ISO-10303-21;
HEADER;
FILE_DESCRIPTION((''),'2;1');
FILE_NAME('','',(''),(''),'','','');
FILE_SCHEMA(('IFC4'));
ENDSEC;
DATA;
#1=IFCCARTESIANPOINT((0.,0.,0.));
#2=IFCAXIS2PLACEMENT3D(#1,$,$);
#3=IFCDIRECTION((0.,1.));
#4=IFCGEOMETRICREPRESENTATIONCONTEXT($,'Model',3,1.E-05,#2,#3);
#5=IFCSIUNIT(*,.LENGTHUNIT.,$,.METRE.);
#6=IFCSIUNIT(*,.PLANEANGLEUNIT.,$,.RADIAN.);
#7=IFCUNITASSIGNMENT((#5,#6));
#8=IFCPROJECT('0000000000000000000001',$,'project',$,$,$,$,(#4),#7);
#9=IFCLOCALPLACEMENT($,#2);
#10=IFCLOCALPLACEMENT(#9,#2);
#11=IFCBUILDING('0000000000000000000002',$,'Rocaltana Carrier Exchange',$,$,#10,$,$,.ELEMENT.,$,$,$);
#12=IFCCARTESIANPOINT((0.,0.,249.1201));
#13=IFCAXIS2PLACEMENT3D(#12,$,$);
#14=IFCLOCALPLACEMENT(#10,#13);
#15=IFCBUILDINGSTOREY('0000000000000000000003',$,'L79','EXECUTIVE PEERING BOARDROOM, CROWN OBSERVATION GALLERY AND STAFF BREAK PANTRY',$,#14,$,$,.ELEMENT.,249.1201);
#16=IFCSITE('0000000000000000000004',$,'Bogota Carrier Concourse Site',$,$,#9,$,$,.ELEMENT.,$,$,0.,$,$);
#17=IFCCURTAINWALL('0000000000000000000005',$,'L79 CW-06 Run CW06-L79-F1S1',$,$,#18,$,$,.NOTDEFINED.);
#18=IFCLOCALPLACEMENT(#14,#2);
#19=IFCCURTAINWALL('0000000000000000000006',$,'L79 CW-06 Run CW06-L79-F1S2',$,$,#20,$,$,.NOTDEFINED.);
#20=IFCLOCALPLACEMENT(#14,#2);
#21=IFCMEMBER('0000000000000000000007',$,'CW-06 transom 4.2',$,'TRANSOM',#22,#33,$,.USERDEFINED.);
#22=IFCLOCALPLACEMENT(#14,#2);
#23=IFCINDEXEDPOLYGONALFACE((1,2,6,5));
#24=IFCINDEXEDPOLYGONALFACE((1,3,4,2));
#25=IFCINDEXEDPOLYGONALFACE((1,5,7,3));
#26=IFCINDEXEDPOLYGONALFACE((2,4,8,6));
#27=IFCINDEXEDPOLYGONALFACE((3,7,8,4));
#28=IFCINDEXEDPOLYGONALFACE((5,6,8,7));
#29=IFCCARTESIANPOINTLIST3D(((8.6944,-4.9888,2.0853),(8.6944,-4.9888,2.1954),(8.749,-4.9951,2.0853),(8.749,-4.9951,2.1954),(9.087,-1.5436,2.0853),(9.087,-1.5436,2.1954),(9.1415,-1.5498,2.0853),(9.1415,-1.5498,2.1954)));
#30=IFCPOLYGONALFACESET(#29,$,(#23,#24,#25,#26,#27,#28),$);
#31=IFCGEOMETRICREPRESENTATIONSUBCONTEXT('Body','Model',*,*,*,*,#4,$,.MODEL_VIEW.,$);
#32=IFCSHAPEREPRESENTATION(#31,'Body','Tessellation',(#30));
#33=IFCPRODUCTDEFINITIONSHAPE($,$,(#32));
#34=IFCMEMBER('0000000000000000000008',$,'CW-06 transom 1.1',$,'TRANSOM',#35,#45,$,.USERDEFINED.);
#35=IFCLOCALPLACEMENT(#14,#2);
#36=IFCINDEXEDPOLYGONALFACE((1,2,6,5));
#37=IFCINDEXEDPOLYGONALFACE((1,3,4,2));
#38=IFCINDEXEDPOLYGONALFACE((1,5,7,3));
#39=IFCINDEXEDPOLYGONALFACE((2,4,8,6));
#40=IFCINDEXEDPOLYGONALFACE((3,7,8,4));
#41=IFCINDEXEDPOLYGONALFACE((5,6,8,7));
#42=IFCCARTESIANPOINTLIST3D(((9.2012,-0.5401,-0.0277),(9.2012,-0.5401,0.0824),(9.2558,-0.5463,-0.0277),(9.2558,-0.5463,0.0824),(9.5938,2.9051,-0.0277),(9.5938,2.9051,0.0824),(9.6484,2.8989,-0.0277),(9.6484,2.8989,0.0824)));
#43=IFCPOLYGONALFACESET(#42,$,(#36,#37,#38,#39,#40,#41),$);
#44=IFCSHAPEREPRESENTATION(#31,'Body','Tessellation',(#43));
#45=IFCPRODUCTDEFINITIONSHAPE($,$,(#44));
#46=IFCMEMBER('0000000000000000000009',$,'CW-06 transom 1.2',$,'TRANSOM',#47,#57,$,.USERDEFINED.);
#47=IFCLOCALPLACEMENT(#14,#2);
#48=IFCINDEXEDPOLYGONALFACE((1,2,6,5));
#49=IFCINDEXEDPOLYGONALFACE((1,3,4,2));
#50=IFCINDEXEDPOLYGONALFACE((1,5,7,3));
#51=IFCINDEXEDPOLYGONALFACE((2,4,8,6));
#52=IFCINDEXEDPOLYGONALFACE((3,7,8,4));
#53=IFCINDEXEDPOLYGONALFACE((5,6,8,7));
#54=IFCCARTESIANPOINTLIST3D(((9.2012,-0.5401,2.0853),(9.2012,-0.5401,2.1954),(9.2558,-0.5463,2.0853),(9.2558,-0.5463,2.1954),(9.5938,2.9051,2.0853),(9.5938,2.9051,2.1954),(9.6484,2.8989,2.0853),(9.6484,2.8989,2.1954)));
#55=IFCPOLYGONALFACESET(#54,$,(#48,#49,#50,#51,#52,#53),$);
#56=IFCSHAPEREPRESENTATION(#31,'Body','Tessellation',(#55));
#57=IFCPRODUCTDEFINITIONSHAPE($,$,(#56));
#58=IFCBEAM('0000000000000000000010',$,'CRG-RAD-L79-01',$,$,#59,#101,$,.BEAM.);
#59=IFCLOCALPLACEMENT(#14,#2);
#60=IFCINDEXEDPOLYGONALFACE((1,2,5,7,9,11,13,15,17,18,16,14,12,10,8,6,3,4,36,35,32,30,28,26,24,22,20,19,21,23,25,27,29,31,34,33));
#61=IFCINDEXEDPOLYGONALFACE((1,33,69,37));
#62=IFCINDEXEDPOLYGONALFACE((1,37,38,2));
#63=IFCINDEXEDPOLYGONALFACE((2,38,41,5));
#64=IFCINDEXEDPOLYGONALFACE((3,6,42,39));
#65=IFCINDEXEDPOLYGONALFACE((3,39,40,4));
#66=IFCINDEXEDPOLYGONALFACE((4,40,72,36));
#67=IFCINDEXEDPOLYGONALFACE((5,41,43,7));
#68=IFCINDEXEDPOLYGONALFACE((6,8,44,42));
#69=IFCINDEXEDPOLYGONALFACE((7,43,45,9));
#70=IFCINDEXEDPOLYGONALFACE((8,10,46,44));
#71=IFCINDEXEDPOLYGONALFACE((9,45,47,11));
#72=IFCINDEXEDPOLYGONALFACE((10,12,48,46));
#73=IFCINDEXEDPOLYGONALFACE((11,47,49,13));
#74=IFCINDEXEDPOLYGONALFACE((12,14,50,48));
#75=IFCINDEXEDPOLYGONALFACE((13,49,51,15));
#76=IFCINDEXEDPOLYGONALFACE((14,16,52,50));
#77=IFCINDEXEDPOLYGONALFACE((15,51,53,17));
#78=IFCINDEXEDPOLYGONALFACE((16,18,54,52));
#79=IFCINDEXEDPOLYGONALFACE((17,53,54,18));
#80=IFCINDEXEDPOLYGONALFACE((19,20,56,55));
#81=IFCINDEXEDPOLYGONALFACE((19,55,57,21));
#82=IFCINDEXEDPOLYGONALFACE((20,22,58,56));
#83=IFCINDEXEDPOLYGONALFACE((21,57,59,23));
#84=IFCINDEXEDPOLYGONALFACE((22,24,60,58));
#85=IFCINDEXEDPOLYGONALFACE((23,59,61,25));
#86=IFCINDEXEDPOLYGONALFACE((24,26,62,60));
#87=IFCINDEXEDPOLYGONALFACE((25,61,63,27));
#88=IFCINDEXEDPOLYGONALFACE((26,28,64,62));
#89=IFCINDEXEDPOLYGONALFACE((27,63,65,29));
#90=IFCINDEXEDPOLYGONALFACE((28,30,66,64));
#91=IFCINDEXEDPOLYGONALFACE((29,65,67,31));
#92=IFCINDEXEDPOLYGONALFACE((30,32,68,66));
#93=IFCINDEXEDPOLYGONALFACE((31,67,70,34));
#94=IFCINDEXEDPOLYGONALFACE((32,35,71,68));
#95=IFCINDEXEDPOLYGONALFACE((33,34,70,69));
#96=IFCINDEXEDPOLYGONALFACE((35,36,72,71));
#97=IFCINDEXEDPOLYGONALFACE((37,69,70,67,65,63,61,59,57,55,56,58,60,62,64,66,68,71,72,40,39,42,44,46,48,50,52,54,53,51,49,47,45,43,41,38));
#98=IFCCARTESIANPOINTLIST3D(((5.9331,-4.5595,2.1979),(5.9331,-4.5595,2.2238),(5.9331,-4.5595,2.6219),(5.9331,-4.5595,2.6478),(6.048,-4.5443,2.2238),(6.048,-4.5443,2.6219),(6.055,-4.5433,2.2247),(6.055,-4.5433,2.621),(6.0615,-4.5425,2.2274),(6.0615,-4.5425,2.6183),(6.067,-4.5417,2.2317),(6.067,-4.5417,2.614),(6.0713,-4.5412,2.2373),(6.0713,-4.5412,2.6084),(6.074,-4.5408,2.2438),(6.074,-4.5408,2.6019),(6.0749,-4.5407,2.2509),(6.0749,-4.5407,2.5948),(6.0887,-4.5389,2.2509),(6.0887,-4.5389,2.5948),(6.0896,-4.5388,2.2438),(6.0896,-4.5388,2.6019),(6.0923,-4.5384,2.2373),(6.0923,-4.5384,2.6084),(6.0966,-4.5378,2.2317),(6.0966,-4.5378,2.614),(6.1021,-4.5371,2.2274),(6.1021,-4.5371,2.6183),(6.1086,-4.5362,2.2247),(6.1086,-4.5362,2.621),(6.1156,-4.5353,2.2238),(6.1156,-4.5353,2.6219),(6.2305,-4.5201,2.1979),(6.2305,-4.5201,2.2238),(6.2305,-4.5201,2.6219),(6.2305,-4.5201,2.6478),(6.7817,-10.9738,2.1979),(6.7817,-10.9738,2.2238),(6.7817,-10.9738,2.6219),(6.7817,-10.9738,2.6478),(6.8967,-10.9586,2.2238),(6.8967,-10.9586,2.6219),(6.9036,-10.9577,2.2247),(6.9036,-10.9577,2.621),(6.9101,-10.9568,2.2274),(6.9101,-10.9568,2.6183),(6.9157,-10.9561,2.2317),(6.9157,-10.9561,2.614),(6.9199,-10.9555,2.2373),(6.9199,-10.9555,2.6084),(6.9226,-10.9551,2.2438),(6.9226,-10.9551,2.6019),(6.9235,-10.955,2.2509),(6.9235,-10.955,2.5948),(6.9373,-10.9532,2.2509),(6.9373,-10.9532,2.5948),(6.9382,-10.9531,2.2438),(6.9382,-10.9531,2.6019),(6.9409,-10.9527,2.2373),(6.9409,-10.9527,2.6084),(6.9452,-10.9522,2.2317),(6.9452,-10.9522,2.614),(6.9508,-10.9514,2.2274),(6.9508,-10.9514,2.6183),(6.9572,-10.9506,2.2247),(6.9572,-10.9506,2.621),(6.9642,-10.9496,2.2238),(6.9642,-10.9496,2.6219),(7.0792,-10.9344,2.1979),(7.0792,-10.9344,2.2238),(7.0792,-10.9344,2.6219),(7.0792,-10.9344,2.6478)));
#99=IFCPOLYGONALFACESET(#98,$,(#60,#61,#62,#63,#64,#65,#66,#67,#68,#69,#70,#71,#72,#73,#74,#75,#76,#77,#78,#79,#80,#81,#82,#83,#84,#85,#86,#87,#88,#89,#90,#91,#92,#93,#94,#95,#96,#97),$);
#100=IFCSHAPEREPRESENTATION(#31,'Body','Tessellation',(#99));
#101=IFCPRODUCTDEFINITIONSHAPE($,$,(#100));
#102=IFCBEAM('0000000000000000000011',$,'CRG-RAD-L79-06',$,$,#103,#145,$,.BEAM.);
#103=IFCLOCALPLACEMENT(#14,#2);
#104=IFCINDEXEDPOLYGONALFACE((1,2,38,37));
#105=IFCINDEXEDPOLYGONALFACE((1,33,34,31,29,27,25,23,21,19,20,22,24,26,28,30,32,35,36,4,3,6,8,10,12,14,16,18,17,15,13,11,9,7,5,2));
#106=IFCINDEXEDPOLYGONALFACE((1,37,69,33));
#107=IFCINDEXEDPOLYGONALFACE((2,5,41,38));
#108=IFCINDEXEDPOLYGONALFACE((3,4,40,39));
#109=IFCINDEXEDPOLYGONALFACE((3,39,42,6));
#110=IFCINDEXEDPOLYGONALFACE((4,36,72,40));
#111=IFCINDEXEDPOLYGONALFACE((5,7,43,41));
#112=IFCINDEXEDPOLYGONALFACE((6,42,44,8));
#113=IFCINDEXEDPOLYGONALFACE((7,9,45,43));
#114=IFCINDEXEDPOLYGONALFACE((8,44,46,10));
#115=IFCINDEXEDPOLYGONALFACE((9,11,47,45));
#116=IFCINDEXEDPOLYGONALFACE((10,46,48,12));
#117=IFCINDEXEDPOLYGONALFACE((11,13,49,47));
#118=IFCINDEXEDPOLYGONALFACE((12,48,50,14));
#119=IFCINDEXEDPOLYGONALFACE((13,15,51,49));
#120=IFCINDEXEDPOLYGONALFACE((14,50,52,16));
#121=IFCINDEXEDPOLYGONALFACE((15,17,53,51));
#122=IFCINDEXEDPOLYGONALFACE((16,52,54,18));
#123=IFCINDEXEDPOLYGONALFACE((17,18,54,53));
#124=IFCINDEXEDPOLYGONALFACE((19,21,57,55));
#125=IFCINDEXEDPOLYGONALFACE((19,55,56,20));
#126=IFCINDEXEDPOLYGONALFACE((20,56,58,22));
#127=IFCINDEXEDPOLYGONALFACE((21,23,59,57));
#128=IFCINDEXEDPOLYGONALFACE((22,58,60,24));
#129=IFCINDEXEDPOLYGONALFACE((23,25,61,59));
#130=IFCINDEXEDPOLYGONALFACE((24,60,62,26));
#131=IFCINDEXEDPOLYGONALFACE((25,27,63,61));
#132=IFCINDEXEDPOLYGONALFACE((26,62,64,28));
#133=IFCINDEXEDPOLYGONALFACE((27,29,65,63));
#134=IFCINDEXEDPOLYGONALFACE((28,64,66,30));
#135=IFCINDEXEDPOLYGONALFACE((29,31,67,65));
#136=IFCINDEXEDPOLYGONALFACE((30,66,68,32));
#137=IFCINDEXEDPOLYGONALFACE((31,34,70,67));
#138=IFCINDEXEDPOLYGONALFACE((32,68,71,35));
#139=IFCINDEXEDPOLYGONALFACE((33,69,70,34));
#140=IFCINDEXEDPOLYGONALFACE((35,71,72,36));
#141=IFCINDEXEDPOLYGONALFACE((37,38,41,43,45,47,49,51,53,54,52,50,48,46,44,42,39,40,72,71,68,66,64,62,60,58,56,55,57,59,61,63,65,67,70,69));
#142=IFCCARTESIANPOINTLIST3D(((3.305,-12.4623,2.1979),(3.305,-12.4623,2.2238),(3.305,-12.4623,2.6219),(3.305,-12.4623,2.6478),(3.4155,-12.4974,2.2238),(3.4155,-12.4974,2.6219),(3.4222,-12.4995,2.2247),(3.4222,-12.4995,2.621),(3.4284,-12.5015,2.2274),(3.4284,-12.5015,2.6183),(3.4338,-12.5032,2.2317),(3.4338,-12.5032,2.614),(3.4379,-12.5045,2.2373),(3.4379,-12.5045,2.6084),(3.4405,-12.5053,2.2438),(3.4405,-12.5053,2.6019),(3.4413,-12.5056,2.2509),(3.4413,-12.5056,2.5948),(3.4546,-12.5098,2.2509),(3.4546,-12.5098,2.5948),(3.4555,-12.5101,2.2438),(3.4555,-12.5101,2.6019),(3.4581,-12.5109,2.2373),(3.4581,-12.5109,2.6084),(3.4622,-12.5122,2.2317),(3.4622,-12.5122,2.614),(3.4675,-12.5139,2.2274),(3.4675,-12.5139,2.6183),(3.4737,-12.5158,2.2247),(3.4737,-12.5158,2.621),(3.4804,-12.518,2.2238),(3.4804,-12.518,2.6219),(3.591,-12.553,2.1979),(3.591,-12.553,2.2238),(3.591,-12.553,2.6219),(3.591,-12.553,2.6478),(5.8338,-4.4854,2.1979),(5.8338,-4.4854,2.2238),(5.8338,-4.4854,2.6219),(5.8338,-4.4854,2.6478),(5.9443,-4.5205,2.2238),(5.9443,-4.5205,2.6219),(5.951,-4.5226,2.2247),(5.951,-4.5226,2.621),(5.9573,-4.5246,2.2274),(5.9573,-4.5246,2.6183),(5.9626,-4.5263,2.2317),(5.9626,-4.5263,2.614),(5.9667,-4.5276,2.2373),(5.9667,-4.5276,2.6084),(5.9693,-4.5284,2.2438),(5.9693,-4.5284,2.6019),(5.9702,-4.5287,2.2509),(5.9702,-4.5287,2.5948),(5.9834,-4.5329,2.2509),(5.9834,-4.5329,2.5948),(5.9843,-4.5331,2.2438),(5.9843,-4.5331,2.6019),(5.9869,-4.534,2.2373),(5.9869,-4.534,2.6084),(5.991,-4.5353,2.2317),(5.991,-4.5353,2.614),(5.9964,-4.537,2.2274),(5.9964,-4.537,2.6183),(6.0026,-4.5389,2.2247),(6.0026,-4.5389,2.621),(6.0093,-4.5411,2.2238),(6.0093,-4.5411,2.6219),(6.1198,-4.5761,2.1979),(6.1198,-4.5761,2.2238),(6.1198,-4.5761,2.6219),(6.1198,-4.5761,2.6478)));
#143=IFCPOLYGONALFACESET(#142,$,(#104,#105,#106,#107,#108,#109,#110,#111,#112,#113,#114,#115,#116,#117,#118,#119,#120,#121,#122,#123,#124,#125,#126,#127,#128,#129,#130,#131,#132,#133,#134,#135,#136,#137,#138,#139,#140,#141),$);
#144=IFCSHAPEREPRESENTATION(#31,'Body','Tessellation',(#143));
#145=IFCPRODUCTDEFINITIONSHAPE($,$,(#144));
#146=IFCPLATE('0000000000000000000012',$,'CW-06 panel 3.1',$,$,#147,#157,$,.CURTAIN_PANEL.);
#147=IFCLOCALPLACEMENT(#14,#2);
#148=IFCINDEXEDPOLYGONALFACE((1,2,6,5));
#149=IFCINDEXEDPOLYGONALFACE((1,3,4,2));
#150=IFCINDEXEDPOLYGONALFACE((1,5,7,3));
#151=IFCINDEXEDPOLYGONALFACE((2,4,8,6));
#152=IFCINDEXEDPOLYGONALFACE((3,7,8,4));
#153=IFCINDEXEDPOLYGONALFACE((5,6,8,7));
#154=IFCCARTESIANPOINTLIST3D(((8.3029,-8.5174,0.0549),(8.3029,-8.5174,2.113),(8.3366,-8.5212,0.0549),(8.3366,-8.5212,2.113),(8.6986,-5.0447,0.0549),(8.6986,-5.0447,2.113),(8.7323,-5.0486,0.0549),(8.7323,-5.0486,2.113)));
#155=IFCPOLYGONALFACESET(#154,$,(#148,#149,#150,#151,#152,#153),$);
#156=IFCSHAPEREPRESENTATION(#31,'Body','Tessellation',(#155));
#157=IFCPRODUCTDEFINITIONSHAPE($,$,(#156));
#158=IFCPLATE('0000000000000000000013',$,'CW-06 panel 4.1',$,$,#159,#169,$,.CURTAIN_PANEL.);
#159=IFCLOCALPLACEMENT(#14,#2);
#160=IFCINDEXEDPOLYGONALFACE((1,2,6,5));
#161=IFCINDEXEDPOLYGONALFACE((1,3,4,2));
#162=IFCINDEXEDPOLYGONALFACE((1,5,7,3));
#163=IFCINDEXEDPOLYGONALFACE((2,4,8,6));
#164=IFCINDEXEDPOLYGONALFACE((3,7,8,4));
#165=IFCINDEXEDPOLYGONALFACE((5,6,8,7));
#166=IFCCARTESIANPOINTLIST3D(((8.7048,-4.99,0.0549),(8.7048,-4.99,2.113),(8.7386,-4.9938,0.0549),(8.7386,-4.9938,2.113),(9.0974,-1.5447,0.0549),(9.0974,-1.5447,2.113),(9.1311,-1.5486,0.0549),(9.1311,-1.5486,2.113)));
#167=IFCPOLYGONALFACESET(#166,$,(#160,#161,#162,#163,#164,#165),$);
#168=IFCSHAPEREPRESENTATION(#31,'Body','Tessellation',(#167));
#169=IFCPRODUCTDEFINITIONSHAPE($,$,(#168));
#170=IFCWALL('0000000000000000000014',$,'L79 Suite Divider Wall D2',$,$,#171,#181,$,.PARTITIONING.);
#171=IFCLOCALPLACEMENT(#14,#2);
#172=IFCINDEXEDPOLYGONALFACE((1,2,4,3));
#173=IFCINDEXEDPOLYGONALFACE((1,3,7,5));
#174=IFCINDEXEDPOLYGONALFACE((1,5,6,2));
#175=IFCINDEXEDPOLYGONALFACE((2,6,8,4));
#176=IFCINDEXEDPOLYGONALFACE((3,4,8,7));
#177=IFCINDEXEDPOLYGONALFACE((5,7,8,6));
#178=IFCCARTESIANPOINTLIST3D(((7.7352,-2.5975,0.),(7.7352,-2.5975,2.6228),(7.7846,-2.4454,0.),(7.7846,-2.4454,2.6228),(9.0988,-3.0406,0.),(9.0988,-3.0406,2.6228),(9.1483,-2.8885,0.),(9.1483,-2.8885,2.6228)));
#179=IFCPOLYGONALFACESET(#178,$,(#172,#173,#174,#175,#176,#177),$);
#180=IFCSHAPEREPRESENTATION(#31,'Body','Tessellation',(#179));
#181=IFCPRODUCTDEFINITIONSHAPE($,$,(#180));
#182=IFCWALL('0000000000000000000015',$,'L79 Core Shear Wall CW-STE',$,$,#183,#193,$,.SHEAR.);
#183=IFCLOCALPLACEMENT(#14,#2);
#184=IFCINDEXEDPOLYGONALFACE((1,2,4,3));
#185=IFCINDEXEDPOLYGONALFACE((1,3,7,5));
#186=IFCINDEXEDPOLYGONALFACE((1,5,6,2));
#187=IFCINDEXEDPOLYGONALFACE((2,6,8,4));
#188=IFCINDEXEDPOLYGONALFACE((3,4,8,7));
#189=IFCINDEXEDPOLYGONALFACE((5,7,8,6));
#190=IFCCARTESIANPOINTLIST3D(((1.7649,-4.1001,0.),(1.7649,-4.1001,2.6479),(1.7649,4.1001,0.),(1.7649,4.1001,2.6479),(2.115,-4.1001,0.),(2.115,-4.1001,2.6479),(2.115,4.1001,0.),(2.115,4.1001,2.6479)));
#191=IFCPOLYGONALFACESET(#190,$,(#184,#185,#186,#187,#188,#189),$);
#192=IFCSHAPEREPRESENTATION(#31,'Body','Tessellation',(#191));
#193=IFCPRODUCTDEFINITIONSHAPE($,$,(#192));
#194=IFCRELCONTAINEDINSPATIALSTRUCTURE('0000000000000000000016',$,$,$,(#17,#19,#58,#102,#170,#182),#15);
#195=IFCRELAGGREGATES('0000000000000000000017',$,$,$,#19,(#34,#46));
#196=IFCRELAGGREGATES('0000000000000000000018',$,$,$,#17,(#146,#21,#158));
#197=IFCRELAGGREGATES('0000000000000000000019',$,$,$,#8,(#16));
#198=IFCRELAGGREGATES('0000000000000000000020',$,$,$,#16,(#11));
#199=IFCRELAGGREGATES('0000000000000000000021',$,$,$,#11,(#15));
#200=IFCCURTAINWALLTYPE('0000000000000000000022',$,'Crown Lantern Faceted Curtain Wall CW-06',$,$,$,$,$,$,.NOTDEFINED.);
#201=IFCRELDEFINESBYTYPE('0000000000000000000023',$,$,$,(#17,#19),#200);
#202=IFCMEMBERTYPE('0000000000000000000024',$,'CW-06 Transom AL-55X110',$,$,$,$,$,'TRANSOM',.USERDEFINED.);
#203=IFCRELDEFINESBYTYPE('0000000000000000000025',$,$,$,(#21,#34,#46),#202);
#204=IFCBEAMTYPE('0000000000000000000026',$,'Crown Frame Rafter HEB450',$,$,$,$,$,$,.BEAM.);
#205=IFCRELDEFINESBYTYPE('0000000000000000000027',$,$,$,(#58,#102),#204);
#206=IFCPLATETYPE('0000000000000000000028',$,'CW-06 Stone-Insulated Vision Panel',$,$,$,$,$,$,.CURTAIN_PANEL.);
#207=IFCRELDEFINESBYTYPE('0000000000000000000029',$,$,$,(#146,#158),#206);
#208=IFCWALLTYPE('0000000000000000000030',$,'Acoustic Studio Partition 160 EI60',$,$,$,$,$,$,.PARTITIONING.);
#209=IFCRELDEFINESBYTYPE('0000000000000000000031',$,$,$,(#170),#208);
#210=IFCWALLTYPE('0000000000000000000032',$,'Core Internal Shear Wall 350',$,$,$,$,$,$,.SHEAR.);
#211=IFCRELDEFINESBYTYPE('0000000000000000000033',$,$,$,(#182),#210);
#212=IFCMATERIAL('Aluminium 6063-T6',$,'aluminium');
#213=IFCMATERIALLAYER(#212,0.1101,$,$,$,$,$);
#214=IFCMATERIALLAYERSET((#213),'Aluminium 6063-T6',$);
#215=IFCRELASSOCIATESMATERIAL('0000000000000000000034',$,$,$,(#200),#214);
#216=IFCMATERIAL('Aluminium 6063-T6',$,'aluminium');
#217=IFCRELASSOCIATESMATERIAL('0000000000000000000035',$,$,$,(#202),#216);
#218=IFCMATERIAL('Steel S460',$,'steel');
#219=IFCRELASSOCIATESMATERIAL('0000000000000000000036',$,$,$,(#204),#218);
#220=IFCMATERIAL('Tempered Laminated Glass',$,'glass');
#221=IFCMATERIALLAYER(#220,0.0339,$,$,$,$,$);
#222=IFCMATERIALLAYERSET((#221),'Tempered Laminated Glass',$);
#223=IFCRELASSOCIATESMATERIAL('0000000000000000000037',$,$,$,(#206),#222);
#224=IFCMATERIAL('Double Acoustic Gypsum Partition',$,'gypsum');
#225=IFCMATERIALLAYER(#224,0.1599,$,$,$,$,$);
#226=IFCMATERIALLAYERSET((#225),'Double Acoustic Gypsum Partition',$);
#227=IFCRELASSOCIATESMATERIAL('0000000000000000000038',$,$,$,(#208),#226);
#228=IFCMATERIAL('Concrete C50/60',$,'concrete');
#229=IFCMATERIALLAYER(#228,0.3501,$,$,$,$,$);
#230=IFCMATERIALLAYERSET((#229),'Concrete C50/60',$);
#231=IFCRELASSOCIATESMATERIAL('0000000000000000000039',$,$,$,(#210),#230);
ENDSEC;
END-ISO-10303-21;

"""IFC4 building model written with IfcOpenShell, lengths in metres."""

from ifc_helpers import new_model, si_unit, direction, frame, frame_2d, origin, origin_2d, place, context, subcontext, project, spatial, rectangle, i_section, extrude, material, layer, layer_set, material_profile, profile_set, type_object, element, aggregate, save


model = new_model("IFC4")

# Units and contexts
model_context = context("Model", 3, precision=1e-05, world=origin(), true_north=direction((0.0, 1.0)))
body_context = subcontext(model_context, "Body", "Model", "MODEL_VIEW")
ifc_project = project(units=[si_unit("LENGTHUNIT", "METRE"), si_unit("PLANEANGLEUNIT", "RADIAN")], contexts=[model_context])

# Site, building, storey
site_placement = place(None, origin())
site = spatial("IfcSite", under=ifc_project, at=site_placement, Name="Bogota Carrier Concourse Site", CompositionType="ELEMENT", RefElevation=0.0)
building_placement = place(site_placement, origin())
building = spatial("IfcBuilding", under=site, at=building_placement, Name="Rocaltana Carrier Exchange", CompositionType="ELEMENT")
storey_placement = place(building_placement, frame((0.0, 0.0, 249.1201)))
storey = spatial("IfcBuildingStorey", under=building, at=storey_placement, Name="L79", Description="EXECUTIVE PEERING BOARDROOM, CROWN OBSERVATION GALLERY AND STAFF BREAK PANTRY", CompositionType="ELEMENT", Elevation=249.1201)

# Curtain wall
ifc_material_1 = material(Name="Aluminium 6063-T6", Category="aluminium")
ifc_layer_1 = layer(ifc_material_1, 0.1101)
ifc_layer_set_1 = layer_set([ifc_layer_1], Name="Aluminium 6063-T6")
curtain_wall_type = type_object("IfcCurtainWallType", Name="Crown Lantern Faceted Curtain Wall CW-06", PredefinedType="NOTDEFINED", material=ifc_layer_set_1)
curtain_wall_1_placement = place(storey_placement, origin())
curtain_wall_1 = element("IfcCurtainWall", 1, at=curtain_wall_1_placement, inside=storey, type_object=curtain_wall_type, Name="L79 CW-06 Run CW06-L79-F1S1", PredefinedType="NOTDEFINED")

# Curtain wall
curtain_wall_2_placement = place(storey_placement, origin())
curtain_wall_2 = element("IfcCurtainWall", 2, at=curtain_wall_2_placement, inside=storey, type_object=curtain_wall_type, Name="L79 CW-06 Run CW06-L79-F1S2", PredefinedType="NOTDEFINED")

# Members
ifc_material_2 = material(Name="Aluminium 6063-T6", Category="aluminium")
ifc_material_profile_1 = material_profile(ifc_material_2, rectangle(XDim=0.0549, YDim=0.1101, at=origin_2d()), Name="AL-55X110")
ifc_profile_set_1 = profile_set([ifc_material_profile_1], Name="Aluminium 6063-T6")
member_type_1 = type_object("IfcMemberType", Name="CW-06 Transom AL-55X110", ElementType="TRANSOM", PredefinedType="USERDEFINED", material=ifc_profile_set_1)
member_1_placement = place(storey_placement, frame((8.7217, -4.9919, 2.1404), z_axis=(0.113213, 0.993571, 0.0), x_axis=(-0.993571, 0.113213, 0.0)))
member_1 = element("IfcMember", 3, at=member_1_placement, type_object=member_type_1, Name="CW-06 transom 4.2", ObjectType="TRANSOM", PredefinedType="USERDEFINED", context=body_context, shape_type="SweptSolid", body=[
    extrude(rectangle(XDim=0.0549, YDim=0.1101, at=origin_2d()), origin(), (0.0, 0.0, 1.0), 3.4675),
])
member_2_placement = place(storey_placement, frame((9.2285, -0.5432, 0.0273), z_axis=(0.113213, 0.993571, 0.0), x_axis=(-0.993571, 0.113213, 0.0)))
member_2 = element("IfcMember", 4, at=member_2_placement, type_object=member_type_1, Name="CW-06 transom 1.1", ObjectType="TRANSOM", PredefinedType="USERDEFINED", context=body_context, shape_type="SweptSolid", body=[
    extrude(rectangle(XDim=0.0549, YDim=0.1101, at=origin_2d()), origin(), (0.0, 0.0, 1.0), 3.4675),
])
member_3_placement = place(storey_placement, frame((9.2285, -0.5432, 2.1404), z_axis=(0.113213, 0.993571, 0.0), x_axis=(-0.993571, 0.113213, 0.0)))
member_3 = element("IfcMember", 5, at=member_3_placement, type_object=member_type_1, Name="CW-06 transom 1.2", ObjectType="TRANSOM", PredefinedType="USERDEFINED", context=body_context, shape_type="SweptSolid", body=[
    extrude(rectangle(XDim=0.0549, YDim=0.1101, at=origin_2d()), origin(), (0.0, 0.0, 1.0), 3.4675),
])
aggregate(curtain_wall_2, [member_2, member_3])

# Beams
ifc_material_3 = material(Name="Steel S460", Category="steel")
ifc_material_profile_2 = material_profile(ifc_material_3, i_section(OverallWidth=0.3, OverallDepth=0.45, WebThickness=0.0139, FlangeThickness=0.0259, FilletRadius=0.0271, at=origin_2d()), Name="HEB450")
ifc_profile_set_2 = profile_set([ifc_material_profile_2], Name="Steel S460")
beam_type = type_object("IfcBeamType", Name="Crown Frame Rafter HEB450", PredefinedType="BEAM", material=ifc_profile_set_2)
beam_1_placement = place(storey_placement, frame((6.0818, -4.5398, 2.4229), z_axis=(0.13116, -0.991361, 0.0), x_axis=(0.991361, 0.13116, 0.0)))
element("IfcBeam", 6, at=beam_1_placement, inside=storey, type_object=beam_type, Name="CRG-RAD-L79-01", PredefinedType="BEAM", context=body_context, shape_type="SweptSolid", body=[
    extrude(i_section(OverallWidth=0.3, OverallDepth=0.45, WebThickness=0.0139, FlangeThickness=0.0259, FilletRadius=0.0271, at=origin_2d()), origin(), (0.0, 0.0, 1.0), 6.4702),
])
beam_2_placement = place(storey_placement, frame((5.9768, -4.5308, 2.4229), z_axis=(-0.302198, -0.953245, 0.0), x_axis=(0.953245, -0.302198, 0.0)))
element("IfcBeam", 7, at=beam_2_placement, inside=storey, type_object=beam_type, Name="CRG-RAD-L79-06", PredefinedType="BEAM", context=body_context, shape_type="SweptSolid", body=[
    extrude(i_section(OverallWidth=0.3, OverallDepth=0.45, WebThickness=0.0139, FlangeThickness=0.0259, FilletRadius=0.0271, at=origin_2d()), origin(), (0.0, 0.0, 1.0), 8.3682),
])

# Plates
ifc_material_4 = material(Name="Tempered Laminated Glass", Category="glass")
ifc_layer_2 = layer(ifc_material_4, 0.0339)
ifc_layer_set_2 = layer_set([ifc_layer_2], Name="Tempered Laminated Glass")
plate_type = type_object("IfcPlateType", Name="CW-06 Stone-Insulated Vision Panel", PredefinedType="CURTAIN_PANEL", material=ifc_layer_set_2)
plate_1_placement = place(storey_placement, frame((8.5176, -6.783, 0.0549), z_axis=(0.0, 0.0, 1.0), x_axis=(0.113204, 0.993572, 0.0)))
plate_1 = element("IfcPlate", 8, at=plate_1_placement, type_object=plate_type, Name="CW-06 panel 3.1", PredefinedType="CURTAIN_PANEL", context=body_context, shape_type="SweptSolid", body=[
    extrude(rectangle(XDim=3.4951, YDim=0.0339, at=origin_2d()), origin(), (0.0, 0.0, 1.0), 2.0581),
])
plate_2_placement = place(storey_placement, frame((8.918, -3.2693, 0.0549), z_axis=(0.0, 0.0, 1.0), x_axis=(0.113204, 0.993572, 0.0)))
plate_2 = element("IfcPlate", 9, at=plate_2_placement, type_object=plate_type, Name="CW-06 panel 4.1", PredefinedType="CURTAIN_PANEL", context=body_context, shape_type="SweptSolid", body=[
    extrude(rectangle(XDim=3.4675, YDim=0.0339, at=origin_2d()), origin(), (0.0, 0.0, 1.0), 2.0581),
])
aggregate(curtain_wall_1, [plate_1, member_1, plate_2])

# Walls
ifc_material_5 = material(Name="Double Acoustic Gypsum Partition", Category="gypsum")
ifc_layer_3 = layer(ifc_material_5, 0.1599)
ifc_layer_set_3 = layer_set([ifc_layer_3], Name="Double Acoustic Gypsum Partition")
wall_type_1 = type_object("IfcWallType", Name="Acoustic Studio Partition 160 EI60", PredefinedType="PARTITIONING", material=ifc_layer_set_3)
wall_1_placement = place(storey_placement, frame((7.76, -2.5215, 0.0), z_axis=(0.0, 0.0, 1.0), x_axis=(0.951057, -0.309017, 0.0)))
element("IfcWall", 10, at=wall_1_placement, inside=storey, type_object=wall_type_1, Name="L79 Suite Divider Wall D2", PredefinedType="PARTITIONING", context=body_context, shape_type="SweptSolid", body=[
    extrude(rectangle(XDim=1.4338, YDim=0.1599, at=frame_2d((0.7168, 0.0))), origin(), (0.0, 0.0, 1.0), 2.6228),
])
ifc_material_6 = material(Name="Concrete C50/60", Category="concrete")
ifc_layer_4 = layer(ifc_material_6, 0.3501)
ifc_layer_set_4 = layer_set([ifc_layer_4], Name="Concrete C50/60")
wall_type_2 = type_object("IfcWallType", Name="Core Internal Shear Wall 350", PredefinedType="SHEAR", material=ifc_layer_set_4)
wall_2_placement = place(storey_placement, frame((1.9399, -4.1001, 0.0), z_axis=(0.0, 0.0, 1.0), x_axis=(0.0, 1.0, 0.0)))
element("IfcWall", 11, at=wall_2_placement, inside=storey, type_object=wall_type_2, Name="L79 Core Shear Wall CW-STE", PredefinedType="SHEAR", context=body_context, shape_type="SweptSolid", body=[
    extrude(rectangle(XDim=8.2002, YDim=0.3501, at=frame_2d((4.1001, 0.0))), origin(), (0.0, 0.0, 1.0), 2.6479),
])

save(model, "model.ifc")
